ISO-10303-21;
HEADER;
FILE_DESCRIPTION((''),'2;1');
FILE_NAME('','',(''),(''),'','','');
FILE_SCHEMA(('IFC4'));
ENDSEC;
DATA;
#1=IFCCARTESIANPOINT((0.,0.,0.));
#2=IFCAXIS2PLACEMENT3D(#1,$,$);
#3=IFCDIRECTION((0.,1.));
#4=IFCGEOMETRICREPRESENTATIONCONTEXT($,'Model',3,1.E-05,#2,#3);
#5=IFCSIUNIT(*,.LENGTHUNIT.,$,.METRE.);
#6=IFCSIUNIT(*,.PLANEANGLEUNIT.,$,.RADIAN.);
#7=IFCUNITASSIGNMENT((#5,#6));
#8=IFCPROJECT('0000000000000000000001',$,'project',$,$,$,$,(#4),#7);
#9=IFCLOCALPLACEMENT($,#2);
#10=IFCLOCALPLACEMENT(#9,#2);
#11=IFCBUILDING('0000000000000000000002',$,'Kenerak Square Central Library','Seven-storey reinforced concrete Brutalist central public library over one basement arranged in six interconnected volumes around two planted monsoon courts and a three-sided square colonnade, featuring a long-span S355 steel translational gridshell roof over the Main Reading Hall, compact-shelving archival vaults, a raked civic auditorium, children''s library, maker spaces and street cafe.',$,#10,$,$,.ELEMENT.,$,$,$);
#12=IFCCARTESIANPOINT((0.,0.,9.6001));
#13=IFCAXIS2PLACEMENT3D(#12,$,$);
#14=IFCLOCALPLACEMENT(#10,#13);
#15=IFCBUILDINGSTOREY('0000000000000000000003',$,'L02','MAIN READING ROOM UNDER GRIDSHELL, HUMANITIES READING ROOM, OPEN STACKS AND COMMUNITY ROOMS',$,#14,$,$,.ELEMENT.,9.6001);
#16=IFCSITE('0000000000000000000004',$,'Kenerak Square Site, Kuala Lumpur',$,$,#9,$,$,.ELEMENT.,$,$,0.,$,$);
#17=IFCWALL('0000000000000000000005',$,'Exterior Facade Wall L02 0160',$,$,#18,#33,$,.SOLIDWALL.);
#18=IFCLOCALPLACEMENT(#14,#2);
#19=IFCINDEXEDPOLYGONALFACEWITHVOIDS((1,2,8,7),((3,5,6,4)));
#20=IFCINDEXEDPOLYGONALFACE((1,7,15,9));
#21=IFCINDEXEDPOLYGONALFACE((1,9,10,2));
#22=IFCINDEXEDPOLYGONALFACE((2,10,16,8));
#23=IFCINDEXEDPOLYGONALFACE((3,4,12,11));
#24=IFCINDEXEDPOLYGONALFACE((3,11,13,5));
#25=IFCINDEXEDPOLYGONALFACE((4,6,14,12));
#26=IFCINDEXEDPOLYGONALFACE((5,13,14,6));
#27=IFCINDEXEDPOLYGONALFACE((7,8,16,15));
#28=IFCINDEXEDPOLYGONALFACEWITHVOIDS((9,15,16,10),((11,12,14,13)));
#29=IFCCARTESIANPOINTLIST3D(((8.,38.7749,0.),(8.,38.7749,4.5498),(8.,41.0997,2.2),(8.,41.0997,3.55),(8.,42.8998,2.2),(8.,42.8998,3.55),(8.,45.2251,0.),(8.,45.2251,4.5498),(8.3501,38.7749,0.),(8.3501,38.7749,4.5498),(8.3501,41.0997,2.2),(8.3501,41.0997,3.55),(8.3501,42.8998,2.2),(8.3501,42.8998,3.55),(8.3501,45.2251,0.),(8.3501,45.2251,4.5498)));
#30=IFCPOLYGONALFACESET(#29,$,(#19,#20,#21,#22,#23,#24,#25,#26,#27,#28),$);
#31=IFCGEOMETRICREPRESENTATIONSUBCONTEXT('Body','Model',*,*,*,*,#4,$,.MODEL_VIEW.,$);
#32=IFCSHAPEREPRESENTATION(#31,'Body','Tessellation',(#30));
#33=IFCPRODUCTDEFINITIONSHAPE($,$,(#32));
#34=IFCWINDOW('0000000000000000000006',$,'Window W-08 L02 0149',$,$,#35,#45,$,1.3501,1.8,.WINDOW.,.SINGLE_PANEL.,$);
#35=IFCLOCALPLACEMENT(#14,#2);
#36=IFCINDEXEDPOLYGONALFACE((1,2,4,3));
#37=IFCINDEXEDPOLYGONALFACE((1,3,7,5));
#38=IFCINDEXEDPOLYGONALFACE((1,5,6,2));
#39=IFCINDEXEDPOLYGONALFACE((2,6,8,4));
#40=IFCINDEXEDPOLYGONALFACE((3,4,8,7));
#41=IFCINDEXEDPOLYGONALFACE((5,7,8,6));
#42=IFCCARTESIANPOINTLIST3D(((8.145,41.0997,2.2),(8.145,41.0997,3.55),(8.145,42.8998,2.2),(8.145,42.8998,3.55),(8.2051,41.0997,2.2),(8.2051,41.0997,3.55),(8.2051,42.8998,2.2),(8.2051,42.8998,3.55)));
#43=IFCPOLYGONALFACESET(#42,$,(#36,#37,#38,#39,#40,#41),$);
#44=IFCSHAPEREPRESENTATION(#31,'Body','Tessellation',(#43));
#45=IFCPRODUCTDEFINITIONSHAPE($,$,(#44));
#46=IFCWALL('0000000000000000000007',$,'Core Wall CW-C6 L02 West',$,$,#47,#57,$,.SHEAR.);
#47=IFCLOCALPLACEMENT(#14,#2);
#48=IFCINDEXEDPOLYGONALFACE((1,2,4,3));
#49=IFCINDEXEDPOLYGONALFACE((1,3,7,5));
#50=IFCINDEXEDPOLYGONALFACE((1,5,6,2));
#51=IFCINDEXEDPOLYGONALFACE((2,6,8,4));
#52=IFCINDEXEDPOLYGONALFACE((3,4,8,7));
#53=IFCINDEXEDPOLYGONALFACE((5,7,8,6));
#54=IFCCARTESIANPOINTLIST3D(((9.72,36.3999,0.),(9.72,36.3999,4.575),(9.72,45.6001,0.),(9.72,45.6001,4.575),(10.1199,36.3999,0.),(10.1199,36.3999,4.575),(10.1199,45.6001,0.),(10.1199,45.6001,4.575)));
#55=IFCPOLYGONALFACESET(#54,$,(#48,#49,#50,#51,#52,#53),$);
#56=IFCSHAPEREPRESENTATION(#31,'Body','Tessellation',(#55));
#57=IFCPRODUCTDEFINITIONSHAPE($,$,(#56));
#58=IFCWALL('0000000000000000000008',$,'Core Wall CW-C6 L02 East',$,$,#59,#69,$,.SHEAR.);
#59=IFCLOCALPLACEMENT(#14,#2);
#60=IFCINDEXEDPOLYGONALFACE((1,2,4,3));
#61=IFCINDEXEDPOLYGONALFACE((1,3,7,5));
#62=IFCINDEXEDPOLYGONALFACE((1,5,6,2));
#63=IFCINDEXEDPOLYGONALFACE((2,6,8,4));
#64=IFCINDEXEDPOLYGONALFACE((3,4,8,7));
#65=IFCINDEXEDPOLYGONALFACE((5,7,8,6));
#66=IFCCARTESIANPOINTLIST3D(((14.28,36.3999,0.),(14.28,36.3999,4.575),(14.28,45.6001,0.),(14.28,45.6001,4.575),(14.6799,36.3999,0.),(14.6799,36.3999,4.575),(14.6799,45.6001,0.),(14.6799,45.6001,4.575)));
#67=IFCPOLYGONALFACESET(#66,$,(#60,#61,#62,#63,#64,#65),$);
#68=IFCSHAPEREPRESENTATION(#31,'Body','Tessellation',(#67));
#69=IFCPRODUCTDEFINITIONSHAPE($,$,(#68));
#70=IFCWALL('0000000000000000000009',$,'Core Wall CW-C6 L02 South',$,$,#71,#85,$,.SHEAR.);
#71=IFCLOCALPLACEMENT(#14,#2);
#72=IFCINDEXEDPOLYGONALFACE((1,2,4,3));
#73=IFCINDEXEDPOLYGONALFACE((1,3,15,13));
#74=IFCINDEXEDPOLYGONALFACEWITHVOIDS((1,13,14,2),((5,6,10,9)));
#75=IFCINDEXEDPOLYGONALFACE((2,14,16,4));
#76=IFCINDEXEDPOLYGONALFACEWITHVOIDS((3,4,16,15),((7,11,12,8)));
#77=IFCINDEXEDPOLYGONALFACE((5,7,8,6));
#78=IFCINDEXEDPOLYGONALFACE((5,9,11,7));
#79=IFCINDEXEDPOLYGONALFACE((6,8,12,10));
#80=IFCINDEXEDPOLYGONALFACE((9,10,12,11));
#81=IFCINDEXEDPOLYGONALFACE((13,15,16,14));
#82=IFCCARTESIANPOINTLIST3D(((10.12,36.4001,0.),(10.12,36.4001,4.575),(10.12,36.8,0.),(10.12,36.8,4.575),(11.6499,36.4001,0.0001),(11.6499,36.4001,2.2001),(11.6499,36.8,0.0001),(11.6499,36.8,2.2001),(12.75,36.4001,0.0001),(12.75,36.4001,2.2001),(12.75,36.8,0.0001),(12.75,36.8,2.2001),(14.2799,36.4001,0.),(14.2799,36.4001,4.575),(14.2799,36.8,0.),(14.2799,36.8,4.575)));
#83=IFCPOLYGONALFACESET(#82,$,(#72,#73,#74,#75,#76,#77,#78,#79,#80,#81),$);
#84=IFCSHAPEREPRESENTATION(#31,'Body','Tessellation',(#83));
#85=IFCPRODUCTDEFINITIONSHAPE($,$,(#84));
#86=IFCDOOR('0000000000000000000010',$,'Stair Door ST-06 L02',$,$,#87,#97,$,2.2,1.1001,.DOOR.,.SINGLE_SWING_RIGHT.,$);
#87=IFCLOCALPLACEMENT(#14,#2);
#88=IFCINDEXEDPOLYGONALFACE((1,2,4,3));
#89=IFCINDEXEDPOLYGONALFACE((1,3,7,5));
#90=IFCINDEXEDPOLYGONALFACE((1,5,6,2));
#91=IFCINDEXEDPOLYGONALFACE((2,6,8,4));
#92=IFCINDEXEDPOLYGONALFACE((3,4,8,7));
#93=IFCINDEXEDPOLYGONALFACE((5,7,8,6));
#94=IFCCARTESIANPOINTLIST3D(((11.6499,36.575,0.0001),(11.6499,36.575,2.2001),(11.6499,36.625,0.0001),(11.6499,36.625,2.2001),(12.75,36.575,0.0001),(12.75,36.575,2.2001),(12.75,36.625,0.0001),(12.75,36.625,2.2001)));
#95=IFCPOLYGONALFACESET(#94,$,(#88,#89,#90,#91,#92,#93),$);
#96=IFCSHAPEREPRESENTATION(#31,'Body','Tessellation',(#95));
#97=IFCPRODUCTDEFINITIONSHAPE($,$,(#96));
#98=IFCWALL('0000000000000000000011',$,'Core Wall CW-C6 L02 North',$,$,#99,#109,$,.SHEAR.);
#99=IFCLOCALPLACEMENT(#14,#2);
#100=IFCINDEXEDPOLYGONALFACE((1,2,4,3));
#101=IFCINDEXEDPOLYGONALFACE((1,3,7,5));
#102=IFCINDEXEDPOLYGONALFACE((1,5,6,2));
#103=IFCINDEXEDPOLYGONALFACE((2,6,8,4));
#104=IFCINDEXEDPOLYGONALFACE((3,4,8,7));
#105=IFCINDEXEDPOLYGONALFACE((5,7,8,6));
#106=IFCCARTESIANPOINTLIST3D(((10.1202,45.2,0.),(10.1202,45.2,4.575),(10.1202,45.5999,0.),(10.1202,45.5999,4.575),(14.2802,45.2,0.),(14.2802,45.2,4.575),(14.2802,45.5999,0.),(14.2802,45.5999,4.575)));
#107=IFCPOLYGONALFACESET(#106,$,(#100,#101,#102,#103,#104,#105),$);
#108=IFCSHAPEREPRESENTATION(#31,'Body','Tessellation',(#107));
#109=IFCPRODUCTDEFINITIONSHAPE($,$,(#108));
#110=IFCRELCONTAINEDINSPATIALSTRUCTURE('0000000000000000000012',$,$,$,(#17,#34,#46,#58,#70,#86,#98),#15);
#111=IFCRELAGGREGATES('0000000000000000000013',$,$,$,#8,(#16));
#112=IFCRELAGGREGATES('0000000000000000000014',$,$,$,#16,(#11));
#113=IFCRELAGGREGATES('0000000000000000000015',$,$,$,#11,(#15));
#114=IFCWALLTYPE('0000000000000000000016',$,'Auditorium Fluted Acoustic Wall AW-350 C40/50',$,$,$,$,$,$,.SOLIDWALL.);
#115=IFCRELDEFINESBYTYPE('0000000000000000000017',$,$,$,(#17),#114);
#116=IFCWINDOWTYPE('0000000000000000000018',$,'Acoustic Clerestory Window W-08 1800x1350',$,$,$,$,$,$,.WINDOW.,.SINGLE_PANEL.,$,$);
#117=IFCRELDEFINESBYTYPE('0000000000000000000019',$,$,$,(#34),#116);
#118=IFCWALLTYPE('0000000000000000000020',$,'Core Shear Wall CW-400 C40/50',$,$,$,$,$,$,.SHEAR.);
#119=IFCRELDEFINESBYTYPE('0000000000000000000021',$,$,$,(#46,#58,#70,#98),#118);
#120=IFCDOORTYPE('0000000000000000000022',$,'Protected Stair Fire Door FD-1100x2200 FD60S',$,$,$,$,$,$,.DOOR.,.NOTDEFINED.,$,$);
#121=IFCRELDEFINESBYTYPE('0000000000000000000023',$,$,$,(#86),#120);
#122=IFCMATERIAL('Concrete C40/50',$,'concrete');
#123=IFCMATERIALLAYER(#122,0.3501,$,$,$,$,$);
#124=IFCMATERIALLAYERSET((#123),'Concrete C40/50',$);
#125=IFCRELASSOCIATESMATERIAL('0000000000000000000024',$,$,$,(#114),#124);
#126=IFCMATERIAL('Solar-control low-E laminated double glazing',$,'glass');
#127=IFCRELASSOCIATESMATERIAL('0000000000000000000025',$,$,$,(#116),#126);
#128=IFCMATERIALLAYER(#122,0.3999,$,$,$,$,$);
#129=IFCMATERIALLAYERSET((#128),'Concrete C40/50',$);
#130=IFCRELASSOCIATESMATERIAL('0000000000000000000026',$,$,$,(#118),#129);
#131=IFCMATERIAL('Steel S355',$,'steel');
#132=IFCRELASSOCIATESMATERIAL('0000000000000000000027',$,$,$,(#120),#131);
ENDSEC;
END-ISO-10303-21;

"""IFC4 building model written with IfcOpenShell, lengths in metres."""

from ifc_helpers import new_model, si_unit, direction, frame, frame_2d, origin, place, context, subcontext, project, spatial, rectangle, extrude, material, layer, layer_set, type_object, element, fill, save


model = new_model("IFC4")

# Units and contexts
model_context = context("Model", 3, precision=1e-05, world=origin(), true_north=direction((0.0, 1.0)))
body_context = subcontext(model_context, "Body", "Model", "MODEL_VIEW")
ifc_project = project(units=[si_unit("LENGTHUNIT", "METRE"), si_unit("PLANEANGLEUNIT", "RADIAN")], contexts=[model_context])

# Site, building, storey
site_placement = place(None, origin())
site = spatial("IfcSite", under=ifc_project, at=site_placement, Name="Kenerak Square Site, Kuala Lumpur", CompositionType="ELEMENT", RefElevation=0.0)
building_placement = place(site_placement, origin())
building = spatial("IfcBuilding", under=site, at=building_placement, Name="Kenerak Square Central Library", Description="Seven-storey reinforced concrete Brutalist central public library over one basement arranged in six interconnected volumes around two planted monsoon courts and a three-sided square colonnade, featuring a long-span S355 steel translational gridshell roof over the Main Reading Hall, compact-shelving archival vaults, a raked civic auditorium, children's library, maker spaces and street cafe.", CompositionType="ELEMENT")
storey_placement = place(building_placement, frame((0.0, 0.0, 9.6001)))
storey = spatial("IfcBuildingStorey", under=building, at=storey_placement, Name="L02", Description="MAIN READING ROOM UNDER GRIDSHELL, HUMANITIES READING ROOM, OPEN STACKS AND COMMUNITY ROOMS", CompositionType="ELEMENT", Elevation=9.6001)

# Shared definitions
ifc_material_1 = material(Name="Concrete C40/50", Category="concrete")

# Shared definitions
ifc_material_2 = material(Name="Steel S355", Category="steel")

# Wall, opening, window
ifc_layer_1 = layer(ifc_material_1, 0.3501)
ifc_layer_set_1 = layer_set([ifc_layer_1], Name="Concrete C40/50")
wall_type_1 = type_object("IfcWallType", Name="Auditorium Fluted Acoustic Wall AW-350 C40/50", PredefinedType="SOLIDWALL", material=ifc_layer_set_1)
ifc_material_3 = material(Name="Solar-control low-E laminated double glazing", Category="glass")
window_type = type_object("IfcWindowType", Name="Acoustic Clerestory Window W-08 1800x1350", PartitioningType="SINGLE_PANEL", PredefinedType="WINDOW", material=ifc_material_3)
wall_1_placement = place(storey_placement, frame((8.175, 38.7749, 0.0), z_axis=(0.0, 0.0, 1.0), x_axis=(0.0, 1.0, 0.0)))
wall_1 = element("IfcWall", 1, at=wall_1_placement, inside=storey, type_object=wall_type_1, Name="Exterior Facade Wall L02 0160", PredefinedType="SOLIDWALL", context=body_context, shape_type="SweptSolid", body=[
    extrude(rectangle(XDim=6.4502, YDim=0.3501, at=frame_2d((3.2251, 0.0))), origin(), (0.0, 0.0, 1.0), 4.5498),
])
opening_1_placement = place(wall_1_placement, frame((2.325, 0.0, 2.2)))
opening_1 = element("IfcOpeningElement", 2, at=opening_1_placement, cuts=wall_1, PredefinedType="OPENING", context=body_context, shape_type="SweptSolid", body=[
    extrude(rectangle(XDim=1.8, YDim=1.3501, at=frame_2d((0.8999, 0.675))), frame((0.0, 0.1851, 0.0), z_axis=(0.0, -1.0, 0.0), x_axis=(1.0, 0.0, 0.0)), (0.0, 0.0, 1.0), 0.3701),
])
window_1_placement = place(opening_1_placement, origin())
window_1 = element("IfcWindow", 3, at=window_1_placement, inside=storey, type_object=window_type, Name="Window W-08 L02 0149", OverallHeight=1.3501, OverallWidth=1.8, PartitioningType="SINGLE_PANEL", PredefinedType="WINDOW", context=body_context, shape_type="SweptSolid", body=[
    extrude(rectangle(XDim=1.8, YDim=1.3501, at=frame_2d((0.8999, 0.675))), frame((0.0, 0.03, 0.0), z_axis=(0.0, -1.0, 0.0), x_axis=(1.0, 0.0, 0.0)), (0.0, 0.0, 1.0), 0.0601),
])
fill(opening_1, window_1)

# Walls
ifc_layer_2 = layer(ifc_material_1, 0.3999)
ifc_layer_set_2 = layer_set([ifc_layer_2], Name="Concrete C40/50")
wall_type_2 = type_object("IfcWallType", Name="Core Shear Wall CW-400 C40/50", PredefinedType="SHEAR", material=ifc_layer_set_2)
for number, where, z_axis, x_axis, name in (
    (4, (9.9199, 36.3999, 0.0), (0.0, 0.0, 1.0), (0.0, 1.0, 0.0), "Core Wall CW-C6 L02 West"),
    (5, (14.48, 45.6001, 0.0), (0.0, 0.0, 1.0), (0.0, -1.0, 0.0), "Core Wall CW-C6 L02 East"),
):
    element("IfcWall", number, at=place(storey_placement, frame(where, z_axis=z_axis, x_axis=x_axis)), inside=storey, type_object=wall_type_2, Name=name, PredefinedType="SHEAR", context=body_context, shape_type="SweptSolid", body=[
        extrude(rectangle(XDim=9.2002, YDim=0.3999, at=frame_2d((4.6001, 0.0))), origin(), (0.0, 0.0, 1.0), 4.575),
    ])

# Wall, opening, door
wall_2_placement = place(storey_placement, frame((14.28, 36.6001, 0.0), z_axis=(0.0, 0.0, 1.0), x_axis=(-1.0, 0.0, 0.0)))
wall_2 = element("IfcWall", 6, at=wall_2_placement, inside=storey, type_object=wall_type_2, Name="Core Wall CW-C6 L02 South", PredefinedType="SHEAR", context=body_context, shape_type="SweptSolid", body=[
    extrude(rectangle(XDim=4.1599, YDim=0.3999, at=frame_2d((2.0801, 0.0))), origin(), (0.0, 0.0, 1.0), 4.575),
])
opening_2_placement = place(wall_2_placement, frame((1.53, 0.0, 0.0)))
opening_2 = element("IfcOpeningElement", 7, at=opening_2_placement, cuts=wall_2, PredefinedType="OPENING", context=body_context, shape_type="SweptSolid", body=[
    extrude(rectangle(XDim=1.1001, YDim=2.2, at=frame_2d((0.55, 1.1001))), frame((0.0, 0.21, 0.0), z_axis=(0.0, -1.0, 0.0), x_axis=(1.0, 0.0, 0.0)), (0.0, 0.0, 1.0), 0.4199),
])
door_type = type_object("IfcDoorType", Name="Protected Stair Fire Door FD-1100x2200 FD60S", OperationType="NOTDEFINED", PredefinedType="DOOR", material=ifc_material_2)
door_placement = place(opening_2_placement, frame((1.1001, 0.0, 0.0), z_axis=(0.0, 0.0, 1.0), x_axis=(-1.0, 0.0, 0.0)))
door = element("IfcDoor", 8, at=door_placement, inside=storey, type_object=door_type, Name="Stair Door ST-06 L02", OperationType="SINGLE_SWING_RIGHT", OverallHeight=2.2, OverallWidth=1.1001, PredefinedType="DOOR", context=body_context, shape_type="SweptSolid", body=[
    extrude(rectangle(XDim=1.1001, YDim=2.2, at=frame_2d((0.55, 1.1001))), frame((0.0, 0.0249, 0.0), z_axis=(0.0, -1.0, 0.0), x_axis=(1.0, 0.0, 0.0)), (0.0, 0.0, 1.0), 0.05),
])
fill(opening_2, door)

# Wall
wall_3_placement = place(storey_placement, frame((10.1201, 45.3999, 0.0), z_axis=(0.0, 0.0, 1.0), x_axis=(1.0, 0.0, 0.0)))
element("IfcWall", 9, at=wall_3_placement, inside=storey, type_object=wall_type_2, Name="Core Wall CW-C6 L02 North", PredefinedType="SHEAR", context=body_context, shape_type="SweptSolid", body=[
    extrude(rectangle(XDim=4.1599, YDim=0.3999, at=frame_2d((2.0801, 0.0))), origin(), (0.0, 0.0, 1.0), 4.575),
])

save(model, "model.ifc")
